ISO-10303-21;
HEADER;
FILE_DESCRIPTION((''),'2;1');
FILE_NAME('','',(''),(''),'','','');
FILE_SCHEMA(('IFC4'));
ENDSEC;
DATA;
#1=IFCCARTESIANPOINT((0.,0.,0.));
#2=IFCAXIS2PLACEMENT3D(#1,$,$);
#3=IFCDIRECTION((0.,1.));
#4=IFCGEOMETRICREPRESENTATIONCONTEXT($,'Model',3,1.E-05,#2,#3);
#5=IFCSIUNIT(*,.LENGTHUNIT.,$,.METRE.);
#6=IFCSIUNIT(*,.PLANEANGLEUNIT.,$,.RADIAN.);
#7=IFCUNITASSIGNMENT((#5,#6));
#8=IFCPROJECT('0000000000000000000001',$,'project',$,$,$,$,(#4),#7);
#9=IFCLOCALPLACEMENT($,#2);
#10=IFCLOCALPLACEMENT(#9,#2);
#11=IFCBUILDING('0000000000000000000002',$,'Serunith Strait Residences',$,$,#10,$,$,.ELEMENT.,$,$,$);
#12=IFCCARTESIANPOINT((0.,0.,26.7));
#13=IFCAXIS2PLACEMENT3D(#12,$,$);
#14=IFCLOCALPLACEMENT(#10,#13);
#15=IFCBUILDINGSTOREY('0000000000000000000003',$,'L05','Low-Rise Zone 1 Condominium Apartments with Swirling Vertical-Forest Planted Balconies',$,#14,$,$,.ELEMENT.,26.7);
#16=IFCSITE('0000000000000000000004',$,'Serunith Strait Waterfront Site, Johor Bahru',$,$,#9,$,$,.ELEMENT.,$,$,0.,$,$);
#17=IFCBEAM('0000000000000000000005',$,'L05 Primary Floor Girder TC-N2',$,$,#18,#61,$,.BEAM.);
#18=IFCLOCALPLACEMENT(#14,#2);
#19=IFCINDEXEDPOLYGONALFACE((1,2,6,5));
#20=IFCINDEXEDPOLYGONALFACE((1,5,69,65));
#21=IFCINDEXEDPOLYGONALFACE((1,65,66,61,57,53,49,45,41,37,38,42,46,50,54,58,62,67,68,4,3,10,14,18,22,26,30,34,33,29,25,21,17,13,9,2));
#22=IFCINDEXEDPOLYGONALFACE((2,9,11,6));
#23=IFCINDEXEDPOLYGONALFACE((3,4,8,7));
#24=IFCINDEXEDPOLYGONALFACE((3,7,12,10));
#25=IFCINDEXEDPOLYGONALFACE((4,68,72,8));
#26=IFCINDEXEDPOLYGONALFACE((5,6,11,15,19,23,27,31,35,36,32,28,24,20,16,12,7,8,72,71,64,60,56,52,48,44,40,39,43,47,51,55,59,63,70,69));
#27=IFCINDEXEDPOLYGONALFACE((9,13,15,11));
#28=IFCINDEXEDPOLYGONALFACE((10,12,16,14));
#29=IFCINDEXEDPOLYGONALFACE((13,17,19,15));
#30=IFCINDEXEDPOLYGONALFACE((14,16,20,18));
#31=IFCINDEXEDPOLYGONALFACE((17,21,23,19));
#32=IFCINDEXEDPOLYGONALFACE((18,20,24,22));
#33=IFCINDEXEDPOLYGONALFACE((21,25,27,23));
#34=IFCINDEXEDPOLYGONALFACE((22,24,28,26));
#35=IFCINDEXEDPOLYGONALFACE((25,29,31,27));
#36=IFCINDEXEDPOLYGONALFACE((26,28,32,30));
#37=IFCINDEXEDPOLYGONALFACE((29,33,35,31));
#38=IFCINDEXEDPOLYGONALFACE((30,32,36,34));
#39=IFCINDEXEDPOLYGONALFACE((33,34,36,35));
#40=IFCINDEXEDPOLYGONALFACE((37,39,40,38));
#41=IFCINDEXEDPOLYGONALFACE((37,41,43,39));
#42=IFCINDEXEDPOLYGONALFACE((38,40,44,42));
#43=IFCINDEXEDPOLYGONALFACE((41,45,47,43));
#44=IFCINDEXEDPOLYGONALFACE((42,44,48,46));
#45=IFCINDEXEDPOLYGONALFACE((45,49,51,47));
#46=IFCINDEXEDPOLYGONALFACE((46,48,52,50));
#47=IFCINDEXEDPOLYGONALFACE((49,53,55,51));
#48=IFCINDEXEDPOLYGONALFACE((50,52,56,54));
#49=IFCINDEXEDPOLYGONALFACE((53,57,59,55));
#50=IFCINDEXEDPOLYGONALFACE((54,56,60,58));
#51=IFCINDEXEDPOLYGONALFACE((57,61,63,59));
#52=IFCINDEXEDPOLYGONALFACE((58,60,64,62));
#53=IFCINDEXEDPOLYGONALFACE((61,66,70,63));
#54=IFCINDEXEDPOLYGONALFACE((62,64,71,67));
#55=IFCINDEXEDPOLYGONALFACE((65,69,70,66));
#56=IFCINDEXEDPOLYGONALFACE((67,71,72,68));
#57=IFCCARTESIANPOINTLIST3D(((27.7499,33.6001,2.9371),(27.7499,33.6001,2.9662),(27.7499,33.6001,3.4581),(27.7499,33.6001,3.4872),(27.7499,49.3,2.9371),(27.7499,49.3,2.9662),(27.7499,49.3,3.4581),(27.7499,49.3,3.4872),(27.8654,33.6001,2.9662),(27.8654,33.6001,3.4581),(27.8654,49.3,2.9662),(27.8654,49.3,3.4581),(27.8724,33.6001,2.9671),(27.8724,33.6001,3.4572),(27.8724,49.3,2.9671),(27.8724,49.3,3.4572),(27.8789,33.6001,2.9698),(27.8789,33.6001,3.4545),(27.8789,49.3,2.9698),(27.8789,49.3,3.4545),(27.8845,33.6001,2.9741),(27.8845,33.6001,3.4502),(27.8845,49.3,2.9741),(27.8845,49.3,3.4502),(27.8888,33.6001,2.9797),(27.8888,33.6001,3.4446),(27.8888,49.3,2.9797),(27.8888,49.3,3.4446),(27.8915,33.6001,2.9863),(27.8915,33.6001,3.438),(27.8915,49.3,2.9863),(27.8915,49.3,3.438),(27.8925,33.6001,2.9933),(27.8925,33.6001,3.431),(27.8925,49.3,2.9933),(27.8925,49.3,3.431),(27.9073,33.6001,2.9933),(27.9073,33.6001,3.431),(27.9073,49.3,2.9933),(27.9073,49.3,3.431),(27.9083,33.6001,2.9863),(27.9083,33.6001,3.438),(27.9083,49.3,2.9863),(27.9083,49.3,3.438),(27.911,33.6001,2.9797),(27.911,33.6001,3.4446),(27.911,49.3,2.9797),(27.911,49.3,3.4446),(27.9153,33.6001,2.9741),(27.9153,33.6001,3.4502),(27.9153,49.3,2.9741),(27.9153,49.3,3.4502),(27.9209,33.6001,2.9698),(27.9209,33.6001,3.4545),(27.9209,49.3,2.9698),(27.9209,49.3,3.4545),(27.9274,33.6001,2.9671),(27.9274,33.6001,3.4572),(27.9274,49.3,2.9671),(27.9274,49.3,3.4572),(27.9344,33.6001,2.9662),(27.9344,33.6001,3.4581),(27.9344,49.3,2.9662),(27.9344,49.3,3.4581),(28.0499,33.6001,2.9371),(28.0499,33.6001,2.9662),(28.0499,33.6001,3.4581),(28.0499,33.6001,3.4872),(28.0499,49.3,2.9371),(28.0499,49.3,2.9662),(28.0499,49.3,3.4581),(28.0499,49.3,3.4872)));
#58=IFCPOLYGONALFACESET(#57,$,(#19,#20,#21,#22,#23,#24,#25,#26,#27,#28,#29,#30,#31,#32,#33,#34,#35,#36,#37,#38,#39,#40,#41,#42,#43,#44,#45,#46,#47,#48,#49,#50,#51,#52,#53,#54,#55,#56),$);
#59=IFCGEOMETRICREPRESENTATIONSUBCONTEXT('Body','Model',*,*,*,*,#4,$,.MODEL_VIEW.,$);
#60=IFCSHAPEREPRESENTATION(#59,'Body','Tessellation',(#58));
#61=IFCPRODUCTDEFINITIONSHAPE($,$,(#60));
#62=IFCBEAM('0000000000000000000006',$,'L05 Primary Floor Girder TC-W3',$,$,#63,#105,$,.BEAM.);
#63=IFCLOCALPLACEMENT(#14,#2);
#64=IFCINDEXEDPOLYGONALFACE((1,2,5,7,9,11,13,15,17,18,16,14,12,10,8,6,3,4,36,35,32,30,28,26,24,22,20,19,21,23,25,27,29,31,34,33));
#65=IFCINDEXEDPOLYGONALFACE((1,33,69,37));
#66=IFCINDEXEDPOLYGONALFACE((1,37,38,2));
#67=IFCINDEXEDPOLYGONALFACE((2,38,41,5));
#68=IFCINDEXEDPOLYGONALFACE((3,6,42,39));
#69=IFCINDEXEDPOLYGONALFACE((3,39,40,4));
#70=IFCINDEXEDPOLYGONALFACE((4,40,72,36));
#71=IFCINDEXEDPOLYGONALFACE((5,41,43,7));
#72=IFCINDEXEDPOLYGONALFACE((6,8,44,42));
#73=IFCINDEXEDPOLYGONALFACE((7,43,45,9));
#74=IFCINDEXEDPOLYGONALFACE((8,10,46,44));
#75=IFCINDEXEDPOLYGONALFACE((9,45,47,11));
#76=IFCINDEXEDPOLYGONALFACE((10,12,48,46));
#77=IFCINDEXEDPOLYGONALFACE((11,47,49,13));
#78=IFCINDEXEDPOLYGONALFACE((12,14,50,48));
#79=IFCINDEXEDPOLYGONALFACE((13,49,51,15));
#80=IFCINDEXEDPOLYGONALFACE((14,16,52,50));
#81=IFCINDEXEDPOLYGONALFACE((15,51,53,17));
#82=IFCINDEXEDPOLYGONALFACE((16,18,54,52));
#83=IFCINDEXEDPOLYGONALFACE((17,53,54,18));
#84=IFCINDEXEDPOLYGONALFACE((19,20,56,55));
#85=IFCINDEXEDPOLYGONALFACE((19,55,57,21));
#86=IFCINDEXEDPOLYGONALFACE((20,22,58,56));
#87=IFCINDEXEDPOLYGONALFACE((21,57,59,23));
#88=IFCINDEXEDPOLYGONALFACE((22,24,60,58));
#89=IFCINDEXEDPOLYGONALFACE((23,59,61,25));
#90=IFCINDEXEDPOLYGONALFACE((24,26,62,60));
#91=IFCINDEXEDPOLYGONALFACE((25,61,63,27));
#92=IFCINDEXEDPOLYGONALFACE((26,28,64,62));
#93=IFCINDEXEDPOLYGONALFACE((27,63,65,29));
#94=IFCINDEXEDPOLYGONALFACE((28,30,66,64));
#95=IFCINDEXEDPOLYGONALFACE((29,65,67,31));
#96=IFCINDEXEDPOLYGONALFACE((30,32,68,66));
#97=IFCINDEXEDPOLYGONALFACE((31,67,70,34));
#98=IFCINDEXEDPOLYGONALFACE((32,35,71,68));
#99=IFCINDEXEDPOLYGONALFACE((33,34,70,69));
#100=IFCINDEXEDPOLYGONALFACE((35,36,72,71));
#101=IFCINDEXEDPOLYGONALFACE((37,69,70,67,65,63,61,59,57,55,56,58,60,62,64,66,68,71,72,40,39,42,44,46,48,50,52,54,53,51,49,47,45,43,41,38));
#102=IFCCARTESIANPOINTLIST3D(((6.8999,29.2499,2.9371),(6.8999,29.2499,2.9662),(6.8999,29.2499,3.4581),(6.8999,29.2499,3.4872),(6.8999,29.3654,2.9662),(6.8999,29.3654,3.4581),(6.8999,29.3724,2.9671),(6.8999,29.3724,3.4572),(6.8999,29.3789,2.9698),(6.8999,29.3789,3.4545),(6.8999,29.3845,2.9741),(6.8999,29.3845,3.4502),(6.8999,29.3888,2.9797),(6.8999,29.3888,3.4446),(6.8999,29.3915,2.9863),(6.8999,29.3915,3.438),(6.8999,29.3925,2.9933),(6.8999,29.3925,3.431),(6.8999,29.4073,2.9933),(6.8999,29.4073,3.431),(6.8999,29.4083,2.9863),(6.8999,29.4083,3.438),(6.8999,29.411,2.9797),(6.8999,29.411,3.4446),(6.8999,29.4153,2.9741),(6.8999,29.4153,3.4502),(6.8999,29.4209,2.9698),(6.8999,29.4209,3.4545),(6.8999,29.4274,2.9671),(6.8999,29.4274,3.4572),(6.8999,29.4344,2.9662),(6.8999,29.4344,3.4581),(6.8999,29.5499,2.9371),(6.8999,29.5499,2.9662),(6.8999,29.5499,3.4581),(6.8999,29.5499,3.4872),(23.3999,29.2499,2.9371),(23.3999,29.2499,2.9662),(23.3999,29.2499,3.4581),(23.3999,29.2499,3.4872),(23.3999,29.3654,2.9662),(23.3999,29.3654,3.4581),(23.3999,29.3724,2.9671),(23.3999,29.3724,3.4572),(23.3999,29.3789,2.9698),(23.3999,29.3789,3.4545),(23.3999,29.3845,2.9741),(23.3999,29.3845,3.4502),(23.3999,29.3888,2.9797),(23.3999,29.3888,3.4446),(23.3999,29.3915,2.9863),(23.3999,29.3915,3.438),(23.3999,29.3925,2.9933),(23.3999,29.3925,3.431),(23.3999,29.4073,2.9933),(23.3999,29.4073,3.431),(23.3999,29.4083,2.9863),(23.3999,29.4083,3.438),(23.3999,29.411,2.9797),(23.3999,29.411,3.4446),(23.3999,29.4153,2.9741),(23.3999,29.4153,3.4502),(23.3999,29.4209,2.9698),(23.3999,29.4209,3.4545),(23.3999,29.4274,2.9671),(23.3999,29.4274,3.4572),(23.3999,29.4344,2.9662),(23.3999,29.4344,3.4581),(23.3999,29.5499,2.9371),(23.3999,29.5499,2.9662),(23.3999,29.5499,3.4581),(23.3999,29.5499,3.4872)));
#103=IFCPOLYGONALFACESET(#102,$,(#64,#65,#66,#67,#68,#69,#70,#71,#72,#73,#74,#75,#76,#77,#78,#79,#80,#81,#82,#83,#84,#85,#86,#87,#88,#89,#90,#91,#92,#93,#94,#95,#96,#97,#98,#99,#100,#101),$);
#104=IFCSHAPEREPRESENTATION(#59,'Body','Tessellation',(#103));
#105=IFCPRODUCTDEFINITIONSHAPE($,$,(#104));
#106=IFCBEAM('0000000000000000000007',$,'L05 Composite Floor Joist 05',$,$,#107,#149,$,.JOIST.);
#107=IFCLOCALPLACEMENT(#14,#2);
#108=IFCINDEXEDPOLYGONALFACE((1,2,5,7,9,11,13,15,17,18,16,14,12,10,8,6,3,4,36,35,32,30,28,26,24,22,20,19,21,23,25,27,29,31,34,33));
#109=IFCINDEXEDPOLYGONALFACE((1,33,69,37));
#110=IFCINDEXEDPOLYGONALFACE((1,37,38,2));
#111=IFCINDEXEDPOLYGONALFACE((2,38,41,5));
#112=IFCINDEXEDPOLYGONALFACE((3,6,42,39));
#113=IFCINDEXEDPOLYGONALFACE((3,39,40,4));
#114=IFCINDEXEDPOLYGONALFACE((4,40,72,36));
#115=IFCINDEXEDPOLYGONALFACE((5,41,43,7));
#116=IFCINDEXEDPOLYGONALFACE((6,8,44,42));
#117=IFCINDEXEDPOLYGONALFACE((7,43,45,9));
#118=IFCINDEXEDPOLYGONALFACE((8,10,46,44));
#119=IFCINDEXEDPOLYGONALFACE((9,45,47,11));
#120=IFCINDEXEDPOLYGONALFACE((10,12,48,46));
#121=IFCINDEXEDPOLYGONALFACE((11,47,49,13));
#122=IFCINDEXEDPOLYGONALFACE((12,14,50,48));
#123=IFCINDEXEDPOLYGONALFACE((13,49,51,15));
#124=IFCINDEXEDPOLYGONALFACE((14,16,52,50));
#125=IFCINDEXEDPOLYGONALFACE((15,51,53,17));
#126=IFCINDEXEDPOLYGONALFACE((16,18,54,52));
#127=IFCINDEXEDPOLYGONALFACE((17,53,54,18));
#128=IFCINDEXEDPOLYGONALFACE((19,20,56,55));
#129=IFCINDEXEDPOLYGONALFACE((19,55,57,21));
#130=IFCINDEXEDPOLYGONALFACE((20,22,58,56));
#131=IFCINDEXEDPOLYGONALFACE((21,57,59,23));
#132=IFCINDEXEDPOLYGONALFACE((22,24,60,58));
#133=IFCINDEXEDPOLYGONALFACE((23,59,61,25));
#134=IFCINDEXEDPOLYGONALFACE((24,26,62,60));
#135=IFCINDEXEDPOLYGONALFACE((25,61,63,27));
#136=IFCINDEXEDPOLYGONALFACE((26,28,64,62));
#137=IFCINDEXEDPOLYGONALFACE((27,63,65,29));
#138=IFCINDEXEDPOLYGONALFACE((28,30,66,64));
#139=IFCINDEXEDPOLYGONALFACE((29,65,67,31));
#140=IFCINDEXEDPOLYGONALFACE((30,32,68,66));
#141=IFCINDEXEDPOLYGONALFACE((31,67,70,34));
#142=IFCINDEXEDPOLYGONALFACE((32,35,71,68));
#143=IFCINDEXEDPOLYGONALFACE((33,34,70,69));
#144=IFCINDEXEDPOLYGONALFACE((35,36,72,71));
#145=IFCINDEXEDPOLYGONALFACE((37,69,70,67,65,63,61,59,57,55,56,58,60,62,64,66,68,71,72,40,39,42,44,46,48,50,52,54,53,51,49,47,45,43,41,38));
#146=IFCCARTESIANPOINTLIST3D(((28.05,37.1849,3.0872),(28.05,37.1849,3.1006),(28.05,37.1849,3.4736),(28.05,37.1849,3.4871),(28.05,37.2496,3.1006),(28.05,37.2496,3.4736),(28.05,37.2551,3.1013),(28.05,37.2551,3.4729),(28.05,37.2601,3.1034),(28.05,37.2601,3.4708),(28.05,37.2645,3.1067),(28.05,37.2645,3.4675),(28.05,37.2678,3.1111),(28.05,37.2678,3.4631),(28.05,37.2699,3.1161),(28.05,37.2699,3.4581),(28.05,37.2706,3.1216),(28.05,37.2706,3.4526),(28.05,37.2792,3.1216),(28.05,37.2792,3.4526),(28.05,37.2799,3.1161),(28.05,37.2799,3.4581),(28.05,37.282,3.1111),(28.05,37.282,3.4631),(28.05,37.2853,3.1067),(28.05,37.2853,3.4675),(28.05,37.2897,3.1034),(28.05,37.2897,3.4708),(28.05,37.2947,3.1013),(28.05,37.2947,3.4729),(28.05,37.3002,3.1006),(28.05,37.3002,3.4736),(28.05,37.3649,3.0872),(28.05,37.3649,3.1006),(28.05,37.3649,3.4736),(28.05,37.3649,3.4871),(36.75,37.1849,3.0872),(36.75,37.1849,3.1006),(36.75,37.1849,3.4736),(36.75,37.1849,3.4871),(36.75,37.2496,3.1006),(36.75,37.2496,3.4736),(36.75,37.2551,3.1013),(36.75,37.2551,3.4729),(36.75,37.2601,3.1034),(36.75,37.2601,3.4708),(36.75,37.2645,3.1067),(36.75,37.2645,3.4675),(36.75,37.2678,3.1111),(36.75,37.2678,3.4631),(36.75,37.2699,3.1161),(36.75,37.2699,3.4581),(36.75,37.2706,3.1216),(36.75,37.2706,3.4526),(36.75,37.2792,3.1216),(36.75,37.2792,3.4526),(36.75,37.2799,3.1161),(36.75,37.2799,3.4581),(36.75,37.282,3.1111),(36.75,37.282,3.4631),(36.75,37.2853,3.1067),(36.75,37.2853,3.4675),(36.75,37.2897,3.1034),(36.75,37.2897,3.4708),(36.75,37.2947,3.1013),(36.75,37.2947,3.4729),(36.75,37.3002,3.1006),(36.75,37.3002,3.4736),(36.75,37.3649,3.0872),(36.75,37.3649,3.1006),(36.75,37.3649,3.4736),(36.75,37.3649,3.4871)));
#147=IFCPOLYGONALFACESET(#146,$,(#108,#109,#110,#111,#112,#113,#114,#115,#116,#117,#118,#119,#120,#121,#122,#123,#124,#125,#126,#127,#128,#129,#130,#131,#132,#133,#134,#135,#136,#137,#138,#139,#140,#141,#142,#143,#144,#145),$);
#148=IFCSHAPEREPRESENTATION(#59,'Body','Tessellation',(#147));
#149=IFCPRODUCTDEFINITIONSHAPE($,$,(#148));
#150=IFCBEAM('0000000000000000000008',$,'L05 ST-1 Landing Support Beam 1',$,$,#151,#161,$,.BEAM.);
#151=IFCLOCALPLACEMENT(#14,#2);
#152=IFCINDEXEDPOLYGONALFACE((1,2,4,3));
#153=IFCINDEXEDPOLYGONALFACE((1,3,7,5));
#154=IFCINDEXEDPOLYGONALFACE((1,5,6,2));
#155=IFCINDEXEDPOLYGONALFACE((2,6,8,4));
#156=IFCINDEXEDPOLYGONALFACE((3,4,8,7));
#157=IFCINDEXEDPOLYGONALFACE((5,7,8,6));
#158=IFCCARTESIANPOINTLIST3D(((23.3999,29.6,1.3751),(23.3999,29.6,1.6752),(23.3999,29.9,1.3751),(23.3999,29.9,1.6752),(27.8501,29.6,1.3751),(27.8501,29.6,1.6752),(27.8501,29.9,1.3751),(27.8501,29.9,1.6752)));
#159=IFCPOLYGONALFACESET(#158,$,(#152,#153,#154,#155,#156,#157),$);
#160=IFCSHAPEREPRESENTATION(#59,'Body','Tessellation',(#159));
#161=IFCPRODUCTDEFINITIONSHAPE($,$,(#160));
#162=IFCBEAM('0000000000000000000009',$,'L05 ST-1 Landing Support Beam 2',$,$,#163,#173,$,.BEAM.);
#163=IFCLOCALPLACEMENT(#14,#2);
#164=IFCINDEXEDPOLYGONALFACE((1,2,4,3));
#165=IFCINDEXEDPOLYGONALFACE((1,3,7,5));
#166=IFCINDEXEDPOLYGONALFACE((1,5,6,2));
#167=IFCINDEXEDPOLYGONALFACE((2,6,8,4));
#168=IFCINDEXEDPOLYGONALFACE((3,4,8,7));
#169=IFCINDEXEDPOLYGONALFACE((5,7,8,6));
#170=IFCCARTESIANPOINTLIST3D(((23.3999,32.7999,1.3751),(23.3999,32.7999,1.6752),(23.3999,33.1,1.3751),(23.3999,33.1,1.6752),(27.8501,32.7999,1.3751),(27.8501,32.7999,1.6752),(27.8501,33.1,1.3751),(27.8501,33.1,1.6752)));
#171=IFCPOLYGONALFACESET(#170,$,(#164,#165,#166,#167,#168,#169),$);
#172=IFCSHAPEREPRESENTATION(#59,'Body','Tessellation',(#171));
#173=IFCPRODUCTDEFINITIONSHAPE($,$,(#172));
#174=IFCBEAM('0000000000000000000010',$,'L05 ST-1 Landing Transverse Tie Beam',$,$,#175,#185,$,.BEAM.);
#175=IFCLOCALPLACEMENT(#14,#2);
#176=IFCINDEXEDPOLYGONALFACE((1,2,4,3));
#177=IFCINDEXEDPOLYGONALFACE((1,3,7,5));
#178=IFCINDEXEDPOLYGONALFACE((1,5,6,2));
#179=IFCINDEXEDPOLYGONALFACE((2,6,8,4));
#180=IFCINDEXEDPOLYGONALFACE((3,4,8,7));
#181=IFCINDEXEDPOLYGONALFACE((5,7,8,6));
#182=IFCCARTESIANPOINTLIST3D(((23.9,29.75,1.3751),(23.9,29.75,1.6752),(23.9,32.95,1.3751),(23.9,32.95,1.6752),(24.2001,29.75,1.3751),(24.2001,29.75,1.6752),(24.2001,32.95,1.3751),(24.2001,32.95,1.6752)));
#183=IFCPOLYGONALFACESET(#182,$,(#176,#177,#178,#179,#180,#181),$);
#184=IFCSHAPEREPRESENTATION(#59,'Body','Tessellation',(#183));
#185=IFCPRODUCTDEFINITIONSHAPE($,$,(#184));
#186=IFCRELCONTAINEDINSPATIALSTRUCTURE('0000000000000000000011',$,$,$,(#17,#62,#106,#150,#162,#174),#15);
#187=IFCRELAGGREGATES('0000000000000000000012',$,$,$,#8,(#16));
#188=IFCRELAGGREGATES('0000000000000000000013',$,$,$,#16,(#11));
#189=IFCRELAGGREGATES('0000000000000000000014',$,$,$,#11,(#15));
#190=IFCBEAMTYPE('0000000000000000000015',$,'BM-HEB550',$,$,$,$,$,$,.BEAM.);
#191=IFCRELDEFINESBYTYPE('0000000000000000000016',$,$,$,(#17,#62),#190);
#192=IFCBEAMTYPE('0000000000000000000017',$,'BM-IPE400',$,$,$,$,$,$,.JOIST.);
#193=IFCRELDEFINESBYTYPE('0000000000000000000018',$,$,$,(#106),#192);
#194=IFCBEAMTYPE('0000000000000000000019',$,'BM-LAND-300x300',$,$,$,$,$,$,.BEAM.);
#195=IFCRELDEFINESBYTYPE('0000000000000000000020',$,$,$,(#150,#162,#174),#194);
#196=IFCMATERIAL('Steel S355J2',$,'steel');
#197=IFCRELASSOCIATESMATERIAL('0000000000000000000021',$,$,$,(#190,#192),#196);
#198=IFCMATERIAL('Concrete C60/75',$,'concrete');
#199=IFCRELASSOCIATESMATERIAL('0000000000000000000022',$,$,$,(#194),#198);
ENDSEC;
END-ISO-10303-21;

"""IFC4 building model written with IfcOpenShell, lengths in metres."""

from ifc_helpers import new_model, si_unit, direction, frame, origin, origin_2d, place, context, subcontext, project, spatial, rectangle, i_section, extrude, source, transform, mapped, material, material_profile, profile_set, type_object, element, save


model = new_model("IFC4")

# Units and contexts
model_context = context("Model", 3, precision=1e-05, world=origin(), true_north=direction((0.0, 1.0)))
body_context = subcontext(model_context, "Body", "Model", "MODEL_VIEW")
ifc_project = project(units=[si_unit("LENGTHUNIT", "METRE"), si_unit("PLANEANGLEUNIT", "RADIAN")], contexts=[model_context])

# Site, building, storey
site_placement = place(None, origin())
site = spatial("IfcSite", under=ifc_project, at=site_placement, Name="Serunith Strait Waterfront Site, Johor Bahru", CompositionType="ELEMENT", RefElevation=0.0)
building_placement = place(site_placement, origin())
building = spatial("IfcBuilding", under=site, at=building_placement, Name="Serunith Strait Residences", CompositionType="ELEMENT")
storey_placement = place(building_placement, frame((0.0, 0.0, 26.7)))
storey = spatial("IfcBuildingStorey", under=building, at=storey_placement, Name="L05", Description="Low-Rise Zone 1 Condominium Apartments with Swirling Vertical-Forest Planted Balconies", CompositionType="ELEMENT", Elevation=26.7)

# Beams
ifc_material_1 = material(Name="Steel S355J2", Category="steel")
ifc_material_profile_1 = material_profile(ifc_material_1, i_section(OverallWidth=0.3, OverallDepth=0.55, WebThickness=0.0149, FlangeThickness=0.0291, FilletRadius=0.0271, at=origin_2d()), Name="HEB 550")
ifc_profile_set_1 = profile_set([ifc_material_profile_1], Name="Steel S355J2")
beam_type_1 = type_object("IfcBeamType", Name="BM-HEB550", PredefinedType="BEAM", material=ifc_profile_set_1)
shared_shape_1 = source(origin(), body_context, "Body", "SweptSolid", [
    extrude(i_section(OverallWidth=0.3, OverallDepth=0.55, WebThickness=0.0149, FlangeThickness=0.0291, FilletRadius=0.0271, at=origin_2d()), origin(), (0.0, 0.0, 1.0), 15.7),
])
beam_1_placement = place(storey_placement, frame((27.8999, 33.6001, 3.2122), z_axis=(0.0, 1.0, 0.0), x_axis=(-1.0, 0.0, 0.0)))
element("IfcBeam", 1, at=beam_1_placement, inside=storey, type_object=beam_type_1, Name="L05 Primary Floor Girder TC-N2", PredefinedType="BEAM", context=body_context, shape_type="MappedRepresentation", body=[
    mapped(shared_shape_1, transform((0.0, 0.0, 0.0), scale=1.0)),
])
shared_shape_2 = source(origin(), body_context, "Body", "SweptSolid", [
    extrude(i_section(OverallWidth=0.3, OverallDepth=0.55, WebThickness=0.0149, FlangeThickness=0.0291, FilletRadius=0.0271, at=origin_2d()), origin(), (0.0, 0.0, 1.0), 16.5),
])
beam_2_placement = place(storey_placement, frame((23.3999, 29.3999, 3.2122), z_axis=(-1.0, 0.0, 0.0), x_axis=(0.0, -1.0, 0.0)))
element("IfcBeam", 2, at=beam_2_placement, inside=storey, type_object=beam_type_1, Name="L05 Primary Floor Girder TC-W3", PredefinedType="BEAM", context=body_context, shape_type="MappedRepresentation", body=[
    mapped(shared_shape_2, transform((0.0, 0.0, 0.0), scale=1.0)),
])
ifc_material_profile_2 = material_profile(ifc_material_1, i_section(OverallWidth=0.1799, OverallDepth=0.3999, WebThickness=0.0085, FlangeThickness=0.0134, FilletRadius=0.021, at=origin_2d()), Name="IPE 400")
ifc_profile_set_2 = profile_set([ifc_material_profile_2], Name="Steel S355J2")
beam_type_2 = type_object("IfcBeamType", Name="BM-IPE400", PredefinedType="JOIST", material=ifc_profile_set_2)
shared_shape_3 = source(origin(), body_context, "Body", "SweptSolid", [
    extrude(i_section(OverallWidth=0.1799, OverallDepth=0.3999, WebThickness=0.0085, FlangeThickness=0.0134, FilletRadius=0.021, at=origin_2d()), origin(), (0.0, 0.0, 1.0), 8.7),
])
beam_3_placement = place(storey_placement, frame((28.05, 37.2749, 3.2871), z_axis=(1.0, 0.0, 0.0), x_axis=(0.0, 1.0, 0.0)))
element("IfcBeam", 3, at=beam_3_placement, inside=storey, type_object=beam_type_2, Name="L05 Composite Floor Joist 05", PredefinedType="JOIST", context=body_context, shape_type="MappedRepresentation", body=[
    mapped(shared_shape_3, transform((0.0, 0.0, 0.0), scale=1.0)),
])
ifc_material_2 = material(Name="Concrete C60/75", Category="concrete")
ifc_material_profile_3 = material_profile(ifc_material_2, rectangle(XDim=0.3, YDim=0.3, at=origin_2d()), Name="RC 300x300")
ifc_profile_set_3 = profile_set([ifc_material_profile_3], Name="Concrete C60/75")
beam_type_3 = type_object("IfcBeamType", Name="BM-LAND-300x300", PredefinedType="BEAM", material=ifc_profile_set_3)
shared_shape_4 = source(origin(), body_context, "Body", "SweptSolid", [
    extrude(rectangle(XDim=0.3, YDim=0.3, at=origin_2d()), origin(), (0.0, 0.0, 1.0), 4.4502),
])
for number, where, z_axis, x_axis, name in (
    (4, (23.3999, 29.75, 1.5251), (1.0, 0.0, 0.0), (0.0, 1.0, 0.0), "L05 ST-1 Landing Support Beam 1"),
    (5, (23.3999, 32.95, 1.5251), (1.0, 0.0, 0.0), (0.0, 1.0, 0.0), "L05 ST-1 Landing Support Beam 2"),
):
    element("IfcBeam", number, at=place(storey_placement, frame(where, z_axis=z_axis, x_axis=x_axis)), inside=storey, type_object=beam_type_3, Name=name, PredefinedType="BEAM", context=body_context, shape_type="MappedRepresentation", body=[
        mapped(shared_shape_4, transform((0.0, 0.0, 0.0), scale=1.0)),
    ])
shared_shape_5 = source(origin(), body_context, "Body", "SweptSolid", [
    extrude(rectangle(XDim=0.3, YDim=0.3, at=origin_2d()), origin(), (0.0, 0.0, 1.0), 3.2),
])
beam_4_placement = place(storey_placement, frame((24.05, 29.75, 1.5251), z_axis=(0.0, 1.0, 0.0), x_axis=(-1.0, 0.0, 0.0)))
element("IfcBeam", 6, at=beam_4_placement, inside=storey, type_object=beam_type_3, Name="L05 ST-1 Landing Transverse Tie Beam", PredefinedType="BEAM", context=body_context, shape_type="MappedRepresentation", body=[
    mapped(shared_shape_5, transform((0.0, 0.0, 0.0), scale=1.0)),
])

save(model, "model.ifc")
